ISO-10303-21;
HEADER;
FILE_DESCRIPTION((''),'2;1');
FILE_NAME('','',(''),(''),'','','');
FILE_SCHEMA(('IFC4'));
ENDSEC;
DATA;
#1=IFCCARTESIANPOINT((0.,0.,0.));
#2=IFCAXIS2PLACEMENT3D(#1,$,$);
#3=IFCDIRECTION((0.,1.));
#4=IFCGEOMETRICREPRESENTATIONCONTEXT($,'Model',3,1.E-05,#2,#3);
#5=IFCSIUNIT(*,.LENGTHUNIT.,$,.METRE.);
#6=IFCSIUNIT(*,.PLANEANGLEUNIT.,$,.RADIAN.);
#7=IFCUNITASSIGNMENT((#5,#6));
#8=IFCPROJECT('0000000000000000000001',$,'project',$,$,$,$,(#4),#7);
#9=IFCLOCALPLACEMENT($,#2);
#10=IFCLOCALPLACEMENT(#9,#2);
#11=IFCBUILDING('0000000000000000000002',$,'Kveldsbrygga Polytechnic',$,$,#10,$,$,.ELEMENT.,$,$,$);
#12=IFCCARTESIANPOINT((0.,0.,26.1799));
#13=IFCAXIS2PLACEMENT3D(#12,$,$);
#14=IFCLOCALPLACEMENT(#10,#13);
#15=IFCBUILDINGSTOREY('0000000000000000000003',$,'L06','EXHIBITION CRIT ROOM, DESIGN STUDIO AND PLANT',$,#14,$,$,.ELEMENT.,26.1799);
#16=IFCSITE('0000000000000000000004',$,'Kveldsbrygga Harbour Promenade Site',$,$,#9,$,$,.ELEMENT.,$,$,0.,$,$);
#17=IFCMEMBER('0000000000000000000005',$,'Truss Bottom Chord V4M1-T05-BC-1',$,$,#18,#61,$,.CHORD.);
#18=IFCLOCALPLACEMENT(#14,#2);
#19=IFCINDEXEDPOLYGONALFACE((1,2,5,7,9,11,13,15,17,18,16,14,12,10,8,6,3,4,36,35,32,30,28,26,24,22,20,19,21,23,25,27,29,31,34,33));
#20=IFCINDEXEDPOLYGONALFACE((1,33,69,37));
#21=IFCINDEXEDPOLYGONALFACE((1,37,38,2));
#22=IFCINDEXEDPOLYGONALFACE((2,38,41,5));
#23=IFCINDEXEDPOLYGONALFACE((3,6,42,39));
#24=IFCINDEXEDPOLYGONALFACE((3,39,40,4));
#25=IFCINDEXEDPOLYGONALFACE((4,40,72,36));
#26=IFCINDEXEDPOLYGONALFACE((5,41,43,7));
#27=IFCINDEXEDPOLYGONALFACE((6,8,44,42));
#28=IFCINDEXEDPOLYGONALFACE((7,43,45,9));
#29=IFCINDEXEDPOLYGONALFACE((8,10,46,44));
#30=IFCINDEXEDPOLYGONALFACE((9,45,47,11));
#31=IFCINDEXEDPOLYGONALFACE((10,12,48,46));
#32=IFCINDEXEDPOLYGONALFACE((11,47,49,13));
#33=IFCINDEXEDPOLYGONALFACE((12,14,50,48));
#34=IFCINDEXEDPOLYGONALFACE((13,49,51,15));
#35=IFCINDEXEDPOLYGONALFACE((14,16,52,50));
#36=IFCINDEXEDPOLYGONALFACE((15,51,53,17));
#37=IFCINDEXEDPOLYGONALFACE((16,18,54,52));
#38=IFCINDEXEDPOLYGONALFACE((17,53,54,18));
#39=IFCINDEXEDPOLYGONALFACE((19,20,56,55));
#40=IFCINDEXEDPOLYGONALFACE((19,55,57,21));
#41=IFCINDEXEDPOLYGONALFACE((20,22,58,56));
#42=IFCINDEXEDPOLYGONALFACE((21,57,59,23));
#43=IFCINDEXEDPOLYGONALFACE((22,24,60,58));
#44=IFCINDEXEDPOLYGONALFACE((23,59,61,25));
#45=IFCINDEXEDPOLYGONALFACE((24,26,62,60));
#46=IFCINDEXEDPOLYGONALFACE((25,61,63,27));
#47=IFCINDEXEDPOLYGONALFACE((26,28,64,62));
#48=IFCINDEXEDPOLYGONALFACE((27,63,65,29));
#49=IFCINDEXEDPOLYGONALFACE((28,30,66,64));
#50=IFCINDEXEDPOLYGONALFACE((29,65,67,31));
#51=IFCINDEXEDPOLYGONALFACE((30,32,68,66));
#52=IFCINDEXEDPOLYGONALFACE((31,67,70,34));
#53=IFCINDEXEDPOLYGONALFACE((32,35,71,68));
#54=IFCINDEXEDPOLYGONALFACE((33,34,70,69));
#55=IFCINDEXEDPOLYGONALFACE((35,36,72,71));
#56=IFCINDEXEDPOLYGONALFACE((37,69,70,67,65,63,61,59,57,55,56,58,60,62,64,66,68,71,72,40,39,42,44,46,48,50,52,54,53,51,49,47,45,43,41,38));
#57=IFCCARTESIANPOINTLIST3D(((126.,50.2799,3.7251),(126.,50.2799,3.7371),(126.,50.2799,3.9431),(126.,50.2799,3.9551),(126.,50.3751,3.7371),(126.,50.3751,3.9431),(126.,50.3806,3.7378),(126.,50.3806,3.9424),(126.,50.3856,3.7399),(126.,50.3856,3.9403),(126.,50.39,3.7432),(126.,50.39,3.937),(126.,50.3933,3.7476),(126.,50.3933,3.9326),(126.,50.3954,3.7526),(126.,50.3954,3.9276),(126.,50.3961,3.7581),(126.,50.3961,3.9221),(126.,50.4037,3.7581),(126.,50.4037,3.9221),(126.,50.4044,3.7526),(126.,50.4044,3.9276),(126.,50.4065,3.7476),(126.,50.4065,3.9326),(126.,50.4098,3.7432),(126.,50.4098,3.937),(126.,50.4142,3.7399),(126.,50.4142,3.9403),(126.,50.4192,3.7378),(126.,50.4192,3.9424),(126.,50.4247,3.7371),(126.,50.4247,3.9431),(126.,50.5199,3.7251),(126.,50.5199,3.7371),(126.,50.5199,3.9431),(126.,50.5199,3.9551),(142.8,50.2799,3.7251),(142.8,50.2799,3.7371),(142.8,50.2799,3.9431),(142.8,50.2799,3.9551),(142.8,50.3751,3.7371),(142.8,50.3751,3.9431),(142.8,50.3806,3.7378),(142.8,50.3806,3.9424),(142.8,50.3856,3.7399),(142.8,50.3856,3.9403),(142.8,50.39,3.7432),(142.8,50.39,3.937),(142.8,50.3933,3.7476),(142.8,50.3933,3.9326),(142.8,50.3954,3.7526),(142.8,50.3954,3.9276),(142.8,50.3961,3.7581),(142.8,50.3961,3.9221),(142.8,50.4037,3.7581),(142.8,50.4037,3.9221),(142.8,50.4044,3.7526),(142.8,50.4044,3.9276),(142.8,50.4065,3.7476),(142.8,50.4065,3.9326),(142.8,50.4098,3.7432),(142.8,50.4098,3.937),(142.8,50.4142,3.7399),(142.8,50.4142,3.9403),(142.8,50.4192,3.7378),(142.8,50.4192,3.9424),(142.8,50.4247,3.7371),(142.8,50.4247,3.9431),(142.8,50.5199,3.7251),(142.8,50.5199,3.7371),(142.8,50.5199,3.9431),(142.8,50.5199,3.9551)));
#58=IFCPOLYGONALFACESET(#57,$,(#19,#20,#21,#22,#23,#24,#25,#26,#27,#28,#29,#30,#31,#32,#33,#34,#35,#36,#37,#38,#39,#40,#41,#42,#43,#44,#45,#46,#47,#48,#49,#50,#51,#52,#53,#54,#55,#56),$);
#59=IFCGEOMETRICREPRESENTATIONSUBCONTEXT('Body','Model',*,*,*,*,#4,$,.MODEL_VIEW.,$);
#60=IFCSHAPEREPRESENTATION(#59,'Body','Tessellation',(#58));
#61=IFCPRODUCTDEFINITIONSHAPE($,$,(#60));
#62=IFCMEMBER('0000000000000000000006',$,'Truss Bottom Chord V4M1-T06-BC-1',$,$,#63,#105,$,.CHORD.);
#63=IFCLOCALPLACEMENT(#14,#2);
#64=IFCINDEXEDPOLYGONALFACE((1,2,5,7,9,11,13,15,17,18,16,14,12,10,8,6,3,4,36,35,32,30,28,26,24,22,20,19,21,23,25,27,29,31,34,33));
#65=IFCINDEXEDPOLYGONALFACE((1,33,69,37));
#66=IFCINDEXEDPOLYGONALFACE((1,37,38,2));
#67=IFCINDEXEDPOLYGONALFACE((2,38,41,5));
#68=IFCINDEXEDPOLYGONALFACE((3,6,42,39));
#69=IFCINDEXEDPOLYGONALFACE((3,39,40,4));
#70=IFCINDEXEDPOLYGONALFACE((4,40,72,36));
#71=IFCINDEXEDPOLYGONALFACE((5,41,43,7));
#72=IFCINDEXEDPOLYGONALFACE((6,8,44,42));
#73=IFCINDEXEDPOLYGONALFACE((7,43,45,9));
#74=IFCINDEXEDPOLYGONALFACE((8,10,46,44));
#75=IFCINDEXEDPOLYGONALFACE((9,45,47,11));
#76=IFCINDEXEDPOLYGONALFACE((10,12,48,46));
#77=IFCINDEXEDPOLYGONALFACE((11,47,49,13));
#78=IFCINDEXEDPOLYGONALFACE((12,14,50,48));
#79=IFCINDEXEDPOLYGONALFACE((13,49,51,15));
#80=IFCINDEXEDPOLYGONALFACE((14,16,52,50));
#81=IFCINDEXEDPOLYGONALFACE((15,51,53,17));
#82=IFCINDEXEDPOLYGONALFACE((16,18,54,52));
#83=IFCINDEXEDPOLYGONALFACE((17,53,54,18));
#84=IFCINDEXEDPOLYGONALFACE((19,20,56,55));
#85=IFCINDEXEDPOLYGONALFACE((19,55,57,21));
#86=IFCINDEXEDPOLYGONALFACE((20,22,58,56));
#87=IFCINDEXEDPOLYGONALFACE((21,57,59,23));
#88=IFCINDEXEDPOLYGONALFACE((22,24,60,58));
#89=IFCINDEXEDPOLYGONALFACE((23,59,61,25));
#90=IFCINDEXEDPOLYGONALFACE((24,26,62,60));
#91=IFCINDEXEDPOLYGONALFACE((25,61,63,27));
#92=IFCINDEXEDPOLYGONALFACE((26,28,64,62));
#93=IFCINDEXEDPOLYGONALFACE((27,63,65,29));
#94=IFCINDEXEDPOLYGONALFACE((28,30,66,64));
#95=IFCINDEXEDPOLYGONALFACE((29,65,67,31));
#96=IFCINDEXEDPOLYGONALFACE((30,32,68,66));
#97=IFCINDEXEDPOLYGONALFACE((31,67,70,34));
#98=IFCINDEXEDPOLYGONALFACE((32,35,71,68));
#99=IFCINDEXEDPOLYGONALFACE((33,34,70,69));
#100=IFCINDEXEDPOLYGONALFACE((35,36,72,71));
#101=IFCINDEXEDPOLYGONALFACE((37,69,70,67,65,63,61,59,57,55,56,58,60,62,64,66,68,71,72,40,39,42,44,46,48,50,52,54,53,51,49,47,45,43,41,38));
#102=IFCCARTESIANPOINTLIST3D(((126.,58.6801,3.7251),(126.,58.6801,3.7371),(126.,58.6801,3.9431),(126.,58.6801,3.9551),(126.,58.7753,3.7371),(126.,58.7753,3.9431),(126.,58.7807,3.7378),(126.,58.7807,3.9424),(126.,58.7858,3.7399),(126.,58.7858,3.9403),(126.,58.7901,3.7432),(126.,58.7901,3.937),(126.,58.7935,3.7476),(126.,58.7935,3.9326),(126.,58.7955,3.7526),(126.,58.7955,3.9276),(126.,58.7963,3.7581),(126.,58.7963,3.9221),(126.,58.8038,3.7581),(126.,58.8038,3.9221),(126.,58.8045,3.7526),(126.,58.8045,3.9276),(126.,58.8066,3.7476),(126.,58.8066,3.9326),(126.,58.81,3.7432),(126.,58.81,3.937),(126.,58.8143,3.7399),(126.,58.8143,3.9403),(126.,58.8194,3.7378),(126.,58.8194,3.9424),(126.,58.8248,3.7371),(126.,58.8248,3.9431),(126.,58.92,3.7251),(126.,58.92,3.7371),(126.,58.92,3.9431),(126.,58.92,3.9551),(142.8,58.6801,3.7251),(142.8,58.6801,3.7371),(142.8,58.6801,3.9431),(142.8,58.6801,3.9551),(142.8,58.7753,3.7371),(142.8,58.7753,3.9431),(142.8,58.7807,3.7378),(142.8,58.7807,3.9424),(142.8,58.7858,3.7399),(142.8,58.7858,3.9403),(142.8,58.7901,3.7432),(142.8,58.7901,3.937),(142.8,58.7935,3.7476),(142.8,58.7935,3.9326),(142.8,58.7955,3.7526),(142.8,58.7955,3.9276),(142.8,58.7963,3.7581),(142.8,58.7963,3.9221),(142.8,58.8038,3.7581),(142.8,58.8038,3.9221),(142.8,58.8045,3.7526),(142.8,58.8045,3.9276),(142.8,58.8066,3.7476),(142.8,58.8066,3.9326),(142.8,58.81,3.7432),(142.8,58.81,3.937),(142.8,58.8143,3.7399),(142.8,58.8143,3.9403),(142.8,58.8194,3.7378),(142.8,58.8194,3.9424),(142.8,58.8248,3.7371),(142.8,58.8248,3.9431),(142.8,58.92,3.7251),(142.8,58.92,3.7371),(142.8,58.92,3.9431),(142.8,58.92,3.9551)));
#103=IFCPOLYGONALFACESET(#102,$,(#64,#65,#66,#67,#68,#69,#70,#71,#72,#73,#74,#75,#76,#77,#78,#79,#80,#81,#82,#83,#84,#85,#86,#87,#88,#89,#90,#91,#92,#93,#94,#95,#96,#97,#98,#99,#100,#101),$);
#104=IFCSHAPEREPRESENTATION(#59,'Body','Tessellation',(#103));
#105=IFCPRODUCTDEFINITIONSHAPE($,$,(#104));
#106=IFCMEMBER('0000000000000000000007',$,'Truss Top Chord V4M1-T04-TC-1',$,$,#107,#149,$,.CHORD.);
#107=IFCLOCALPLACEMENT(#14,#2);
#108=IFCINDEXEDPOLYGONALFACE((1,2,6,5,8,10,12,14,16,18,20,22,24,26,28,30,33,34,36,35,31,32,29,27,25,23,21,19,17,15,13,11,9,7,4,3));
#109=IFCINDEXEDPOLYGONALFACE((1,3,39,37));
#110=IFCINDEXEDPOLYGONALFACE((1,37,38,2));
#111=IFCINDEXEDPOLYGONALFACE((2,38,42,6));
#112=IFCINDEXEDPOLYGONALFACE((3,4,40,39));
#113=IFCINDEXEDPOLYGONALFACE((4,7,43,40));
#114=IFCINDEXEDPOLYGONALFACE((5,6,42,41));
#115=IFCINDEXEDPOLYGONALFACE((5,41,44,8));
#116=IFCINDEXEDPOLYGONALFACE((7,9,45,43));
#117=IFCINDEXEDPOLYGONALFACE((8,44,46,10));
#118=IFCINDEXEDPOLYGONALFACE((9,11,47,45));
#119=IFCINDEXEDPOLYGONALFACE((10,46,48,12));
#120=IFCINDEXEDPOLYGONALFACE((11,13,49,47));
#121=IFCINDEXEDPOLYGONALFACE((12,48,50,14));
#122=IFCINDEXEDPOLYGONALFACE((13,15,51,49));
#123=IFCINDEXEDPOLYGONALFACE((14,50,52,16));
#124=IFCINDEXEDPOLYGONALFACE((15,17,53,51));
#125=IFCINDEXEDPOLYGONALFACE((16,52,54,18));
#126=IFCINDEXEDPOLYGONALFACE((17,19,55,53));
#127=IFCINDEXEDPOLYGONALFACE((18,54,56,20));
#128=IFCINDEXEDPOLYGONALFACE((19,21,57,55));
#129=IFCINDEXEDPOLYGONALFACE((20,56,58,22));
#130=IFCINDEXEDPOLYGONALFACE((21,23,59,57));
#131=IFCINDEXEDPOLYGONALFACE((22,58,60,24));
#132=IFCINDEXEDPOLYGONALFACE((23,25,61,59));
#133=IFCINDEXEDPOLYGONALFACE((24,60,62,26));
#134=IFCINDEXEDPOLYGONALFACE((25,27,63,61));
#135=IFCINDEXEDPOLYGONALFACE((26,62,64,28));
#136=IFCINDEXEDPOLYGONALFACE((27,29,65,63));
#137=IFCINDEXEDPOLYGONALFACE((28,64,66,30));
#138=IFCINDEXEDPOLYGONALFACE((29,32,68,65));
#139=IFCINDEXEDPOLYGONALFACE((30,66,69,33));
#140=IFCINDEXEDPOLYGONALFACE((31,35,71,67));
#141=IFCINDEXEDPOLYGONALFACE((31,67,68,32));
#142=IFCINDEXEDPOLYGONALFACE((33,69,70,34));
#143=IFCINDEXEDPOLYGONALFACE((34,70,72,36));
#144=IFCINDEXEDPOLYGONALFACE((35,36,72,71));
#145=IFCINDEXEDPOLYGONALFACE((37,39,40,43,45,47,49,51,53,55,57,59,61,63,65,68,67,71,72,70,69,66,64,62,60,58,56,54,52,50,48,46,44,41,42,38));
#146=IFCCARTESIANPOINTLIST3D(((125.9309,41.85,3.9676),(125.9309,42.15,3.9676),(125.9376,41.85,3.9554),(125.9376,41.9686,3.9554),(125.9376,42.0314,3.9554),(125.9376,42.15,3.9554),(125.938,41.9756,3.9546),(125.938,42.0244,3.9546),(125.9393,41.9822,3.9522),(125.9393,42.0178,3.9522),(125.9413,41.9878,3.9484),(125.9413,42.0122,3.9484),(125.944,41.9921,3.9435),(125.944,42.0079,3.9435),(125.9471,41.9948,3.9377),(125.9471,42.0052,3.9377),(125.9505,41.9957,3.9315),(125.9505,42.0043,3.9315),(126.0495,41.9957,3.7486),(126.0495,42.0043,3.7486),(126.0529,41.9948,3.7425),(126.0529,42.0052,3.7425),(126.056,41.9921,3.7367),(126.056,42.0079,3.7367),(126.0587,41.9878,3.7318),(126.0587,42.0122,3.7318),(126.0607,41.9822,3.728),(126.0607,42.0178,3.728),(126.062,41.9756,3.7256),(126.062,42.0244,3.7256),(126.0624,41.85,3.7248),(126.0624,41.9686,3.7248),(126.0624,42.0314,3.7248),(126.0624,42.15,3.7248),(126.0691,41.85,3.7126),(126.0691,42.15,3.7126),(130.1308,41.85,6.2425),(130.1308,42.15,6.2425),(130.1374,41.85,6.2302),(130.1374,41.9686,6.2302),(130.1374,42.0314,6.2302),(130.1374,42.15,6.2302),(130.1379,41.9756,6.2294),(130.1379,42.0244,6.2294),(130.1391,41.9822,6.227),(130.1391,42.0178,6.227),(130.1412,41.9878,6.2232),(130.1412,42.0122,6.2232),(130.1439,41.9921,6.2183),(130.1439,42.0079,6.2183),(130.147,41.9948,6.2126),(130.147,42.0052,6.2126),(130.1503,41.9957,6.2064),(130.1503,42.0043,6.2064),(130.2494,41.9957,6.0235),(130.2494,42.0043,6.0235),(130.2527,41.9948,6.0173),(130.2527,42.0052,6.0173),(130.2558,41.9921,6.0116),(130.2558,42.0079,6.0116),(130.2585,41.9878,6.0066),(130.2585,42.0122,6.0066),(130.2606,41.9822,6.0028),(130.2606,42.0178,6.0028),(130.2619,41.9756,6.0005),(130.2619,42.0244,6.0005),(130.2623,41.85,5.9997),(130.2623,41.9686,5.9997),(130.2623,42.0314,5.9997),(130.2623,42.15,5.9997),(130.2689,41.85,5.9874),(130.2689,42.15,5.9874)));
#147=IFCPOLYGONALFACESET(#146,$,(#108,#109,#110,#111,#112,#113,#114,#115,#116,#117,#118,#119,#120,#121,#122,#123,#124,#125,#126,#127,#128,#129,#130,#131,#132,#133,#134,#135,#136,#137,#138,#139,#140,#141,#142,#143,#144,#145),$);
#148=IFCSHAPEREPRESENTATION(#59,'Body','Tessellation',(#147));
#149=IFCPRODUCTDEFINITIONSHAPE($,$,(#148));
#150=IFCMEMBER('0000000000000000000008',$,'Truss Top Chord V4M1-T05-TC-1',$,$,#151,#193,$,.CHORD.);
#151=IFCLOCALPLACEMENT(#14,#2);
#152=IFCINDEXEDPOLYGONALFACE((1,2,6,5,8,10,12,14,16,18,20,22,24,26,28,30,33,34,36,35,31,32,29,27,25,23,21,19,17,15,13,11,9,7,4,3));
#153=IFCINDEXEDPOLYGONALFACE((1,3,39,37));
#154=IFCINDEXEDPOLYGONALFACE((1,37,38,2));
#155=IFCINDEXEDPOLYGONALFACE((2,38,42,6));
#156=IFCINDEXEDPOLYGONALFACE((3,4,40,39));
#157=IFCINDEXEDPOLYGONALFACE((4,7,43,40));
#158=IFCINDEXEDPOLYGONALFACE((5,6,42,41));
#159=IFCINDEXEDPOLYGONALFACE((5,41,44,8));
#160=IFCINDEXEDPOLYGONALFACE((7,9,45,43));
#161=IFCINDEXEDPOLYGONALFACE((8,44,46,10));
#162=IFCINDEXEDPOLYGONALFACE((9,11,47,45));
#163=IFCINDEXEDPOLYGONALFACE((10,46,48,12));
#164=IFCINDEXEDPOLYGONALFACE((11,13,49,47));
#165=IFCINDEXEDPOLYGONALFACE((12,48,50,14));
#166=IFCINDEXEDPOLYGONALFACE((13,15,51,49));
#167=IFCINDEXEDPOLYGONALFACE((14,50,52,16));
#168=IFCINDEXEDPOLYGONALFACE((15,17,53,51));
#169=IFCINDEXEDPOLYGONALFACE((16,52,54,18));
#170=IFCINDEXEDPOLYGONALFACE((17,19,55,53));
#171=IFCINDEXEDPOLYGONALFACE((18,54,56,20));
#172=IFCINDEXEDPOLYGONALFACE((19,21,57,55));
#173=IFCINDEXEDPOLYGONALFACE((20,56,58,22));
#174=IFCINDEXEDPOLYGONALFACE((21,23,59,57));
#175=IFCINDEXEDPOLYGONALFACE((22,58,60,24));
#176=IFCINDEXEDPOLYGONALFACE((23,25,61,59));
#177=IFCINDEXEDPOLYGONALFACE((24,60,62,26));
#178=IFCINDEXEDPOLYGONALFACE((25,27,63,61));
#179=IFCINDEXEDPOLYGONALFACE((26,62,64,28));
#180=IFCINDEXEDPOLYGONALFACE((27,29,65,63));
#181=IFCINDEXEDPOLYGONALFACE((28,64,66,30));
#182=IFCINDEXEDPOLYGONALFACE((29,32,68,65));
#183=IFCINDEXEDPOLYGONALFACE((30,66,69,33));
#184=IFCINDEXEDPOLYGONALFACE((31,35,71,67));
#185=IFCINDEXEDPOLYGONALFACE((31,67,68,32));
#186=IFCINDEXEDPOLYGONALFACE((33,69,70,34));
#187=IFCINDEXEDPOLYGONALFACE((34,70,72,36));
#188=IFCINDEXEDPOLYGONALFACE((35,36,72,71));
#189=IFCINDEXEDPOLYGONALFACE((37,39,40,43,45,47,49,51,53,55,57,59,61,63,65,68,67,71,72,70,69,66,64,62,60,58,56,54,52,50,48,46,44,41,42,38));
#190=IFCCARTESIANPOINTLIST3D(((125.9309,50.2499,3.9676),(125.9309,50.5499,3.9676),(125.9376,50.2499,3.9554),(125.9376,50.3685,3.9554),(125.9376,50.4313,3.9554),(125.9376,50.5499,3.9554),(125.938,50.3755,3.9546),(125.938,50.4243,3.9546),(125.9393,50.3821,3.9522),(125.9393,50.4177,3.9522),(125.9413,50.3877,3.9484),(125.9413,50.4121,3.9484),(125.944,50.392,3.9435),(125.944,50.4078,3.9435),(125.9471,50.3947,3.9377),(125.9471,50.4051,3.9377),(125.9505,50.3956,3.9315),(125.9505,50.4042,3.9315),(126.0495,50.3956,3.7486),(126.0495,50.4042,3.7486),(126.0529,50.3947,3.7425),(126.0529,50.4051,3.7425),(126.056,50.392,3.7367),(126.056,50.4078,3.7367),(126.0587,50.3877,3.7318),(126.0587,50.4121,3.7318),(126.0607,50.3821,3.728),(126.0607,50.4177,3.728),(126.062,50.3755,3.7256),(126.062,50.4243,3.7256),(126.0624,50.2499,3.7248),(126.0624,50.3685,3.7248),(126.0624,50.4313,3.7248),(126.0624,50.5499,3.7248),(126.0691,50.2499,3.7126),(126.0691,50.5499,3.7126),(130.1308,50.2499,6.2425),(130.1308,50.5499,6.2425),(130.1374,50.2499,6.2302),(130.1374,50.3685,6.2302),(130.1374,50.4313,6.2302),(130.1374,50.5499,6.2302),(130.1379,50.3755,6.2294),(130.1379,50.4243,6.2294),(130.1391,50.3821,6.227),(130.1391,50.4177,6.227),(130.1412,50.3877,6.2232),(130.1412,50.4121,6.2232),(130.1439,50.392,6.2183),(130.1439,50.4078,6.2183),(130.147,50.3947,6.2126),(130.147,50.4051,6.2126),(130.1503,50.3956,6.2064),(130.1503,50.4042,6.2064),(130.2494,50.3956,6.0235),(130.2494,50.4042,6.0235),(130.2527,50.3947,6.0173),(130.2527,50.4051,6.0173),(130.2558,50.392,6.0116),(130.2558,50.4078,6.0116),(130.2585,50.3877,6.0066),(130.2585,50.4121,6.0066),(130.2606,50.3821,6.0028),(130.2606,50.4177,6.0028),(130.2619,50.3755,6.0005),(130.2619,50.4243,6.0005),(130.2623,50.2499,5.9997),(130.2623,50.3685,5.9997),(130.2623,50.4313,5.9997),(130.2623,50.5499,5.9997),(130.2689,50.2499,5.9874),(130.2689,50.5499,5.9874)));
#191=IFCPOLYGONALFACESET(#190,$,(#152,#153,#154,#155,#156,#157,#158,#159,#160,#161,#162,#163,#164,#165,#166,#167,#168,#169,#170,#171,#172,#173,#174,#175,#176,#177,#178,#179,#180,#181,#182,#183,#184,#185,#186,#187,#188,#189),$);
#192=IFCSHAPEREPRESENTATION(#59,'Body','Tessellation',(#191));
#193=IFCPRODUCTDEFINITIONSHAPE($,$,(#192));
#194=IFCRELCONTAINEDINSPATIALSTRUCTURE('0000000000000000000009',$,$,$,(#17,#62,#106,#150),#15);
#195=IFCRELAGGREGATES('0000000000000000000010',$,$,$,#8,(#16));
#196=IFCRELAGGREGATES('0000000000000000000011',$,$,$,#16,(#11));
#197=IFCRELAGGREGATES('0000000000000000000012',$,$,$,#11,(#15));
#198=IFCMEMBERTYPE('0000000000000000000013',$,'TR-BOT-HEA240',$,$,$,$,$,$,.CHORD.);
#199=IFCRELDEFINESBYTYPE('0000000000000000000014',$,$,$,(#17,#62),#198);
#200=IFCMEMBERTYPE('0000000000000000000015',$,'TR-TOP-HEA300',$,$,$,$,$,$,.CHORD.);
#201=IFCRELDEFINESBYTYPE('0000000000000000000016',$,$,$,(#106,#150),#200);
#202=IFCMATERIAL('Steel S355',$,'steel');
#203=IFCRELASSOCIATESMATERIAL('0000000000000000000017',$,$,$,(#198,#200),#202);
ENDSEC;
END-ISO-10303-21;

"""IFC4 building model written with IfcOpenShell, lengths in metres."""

from ifc_helpers import new_model, si_unit, direction, frame, origin, origin_2d, place, context, subcontext, project, spatial, i_section, extrude, material, material_profile, profile_set, type_object, element, save


model = new_model("IFC4")

# Units and contexts
model_context = context("Model", 3, precision=1e-05, world=origin(), true_north=direction((0.0, 1.0)))
body_context = subcontext(model_context, "Body", "Model", "MODEL_VIEW")
ifc_project = project(units=[si_unit("LENGTHUNIT", "METRE"), si_unit("PLANEANGLEUNIT", "RADIAN")], contexts=[model_context])

# Site, building, storey
site_placement = place(None, origin())
site = spatial("IfcSite", under=ifc_project, at=site_placement, Name="Kveldsbrygga Harbour Promenade Site", CompositionType="ELEMENT", RefElevation=0.0)
building_placement = place(site_placement, origin())
building = spatial("IfcBuilding", under=site, at=building_placement, Name="Kveldsbrygga Polytechnic", CompositionType="ELEMENT")
storey_placement = place(building_placement, frame((0.0, 0.0, 26.1799)))
storey = spatial("IfcBuildingStorey", under=building, at=storey_placement, Name="L06", Description="EXHIBITION CRIT ROOM, DESIGN STUDIO AND PLANT", CompositionType="ELEMENT", Elevation=26.1799)

# Shared definitions
ifc_material_1 = material(Name="Steel S355", Category="steel")

# Members
ifc_material_profile_1 = material_profile(ifc_material_1, i_section(OverallWidth=0.24, OverallDepth=0.23, WebThickness=0.0076, FlangeThickness=0.012, FilletRadius=0.021, at=origin_2d()), Name="HEA 240")
ifc_profile_set_1 = profile_set([ifc_material_profile_1], Name="Steel S355")
member_type_1 = type_object("IfcMemberType", Name="TR-BOT-HEA240", PredefinedType="CHORD", material=ifc_profile_set_1)
for number, where, z_axis, x_axis, name in (
    (1, (126.0, 50.3999, 3.8401), (1.0, 0.0, 0.0), (0.0, 1.0, 0.0), "Truss Bottom Chord V4M1-T05-BC-1"),
    (2, (126.0, 58.8, 3.8401), (1.0, 0.0, 0.0), (0.0, 1.0, 0.0), "Truss Bottom Chord V4M1-T06-BC-1"),
):
    element("IfcMember", number, at=place(storey_placement, frame(where, z_axis=z_axis, x_axis=x_axis)), inside=storey, type_object=member_type_1, Name=name, PredefinedType="CHORD", context=body_context, shape_type="SweptSolid", body=[
        extrude(i_section(OverallWidth=0.24, OverallDepth=0.23, WebThickness=0.0076, FlangeThickness=0.012, FilletRadius=0.021, at=origin_2d()), origin(), (0.0, 0.0, 1.0), 16.8),
    ])
ifc_material_profile_2 = material_profile(ifc_material_1, i_section(OverallWidth=0.3, OverallDepth=0.29, WebThickness=0.0085, FlangeThickness=0.0139, FilletRadius=0.0271, at=origin_2d()), Name="HEA 300")
ifc_profile_set_2 = profile_set([ifc_material_profile_2], Name="Steel S355")
member_type_2 = type_object("IfcMemberType", Name="TR-TOP-HEA300", PredefinedType="CHORD", material=ifc_profile_set_2)
for number, where, z_axis, x_axis, name in (
    (3, (126.0, 42.0, 3.8401), (0.879298, 0.0, 0.476272), (0.0, 1.0, 0.0), "Truss Top Chord V4M1-T04-TC-1"),
    (4, (126.0, 50.3999, 3.8401), (0.879298, 0.0, 0.476272), (0.0, 1.0, 0.0), "Truss Top Chord V4M1-T05-TC-1"),
):
    element("IfcMember", number, at=place(storey_placement, frame(where, z_axis=z_axis, x_axis=x_axis)), inside=storey, type_object=member_type_2, Name=name, PredefinedType="CHORD", context=body_context, shape_type="SweptSolid", body=[
        extrude(i_section(OverallWidth=0.3, OverallDepth=0.29, WebThickness=0.0085, FlangeThickness=0.0139, FilletRadius=0.0271, at=origin_2d()), origin(), (0.0, 0.0, 1.0), 4.7764),
    ])

save(model, "model.ifc")
